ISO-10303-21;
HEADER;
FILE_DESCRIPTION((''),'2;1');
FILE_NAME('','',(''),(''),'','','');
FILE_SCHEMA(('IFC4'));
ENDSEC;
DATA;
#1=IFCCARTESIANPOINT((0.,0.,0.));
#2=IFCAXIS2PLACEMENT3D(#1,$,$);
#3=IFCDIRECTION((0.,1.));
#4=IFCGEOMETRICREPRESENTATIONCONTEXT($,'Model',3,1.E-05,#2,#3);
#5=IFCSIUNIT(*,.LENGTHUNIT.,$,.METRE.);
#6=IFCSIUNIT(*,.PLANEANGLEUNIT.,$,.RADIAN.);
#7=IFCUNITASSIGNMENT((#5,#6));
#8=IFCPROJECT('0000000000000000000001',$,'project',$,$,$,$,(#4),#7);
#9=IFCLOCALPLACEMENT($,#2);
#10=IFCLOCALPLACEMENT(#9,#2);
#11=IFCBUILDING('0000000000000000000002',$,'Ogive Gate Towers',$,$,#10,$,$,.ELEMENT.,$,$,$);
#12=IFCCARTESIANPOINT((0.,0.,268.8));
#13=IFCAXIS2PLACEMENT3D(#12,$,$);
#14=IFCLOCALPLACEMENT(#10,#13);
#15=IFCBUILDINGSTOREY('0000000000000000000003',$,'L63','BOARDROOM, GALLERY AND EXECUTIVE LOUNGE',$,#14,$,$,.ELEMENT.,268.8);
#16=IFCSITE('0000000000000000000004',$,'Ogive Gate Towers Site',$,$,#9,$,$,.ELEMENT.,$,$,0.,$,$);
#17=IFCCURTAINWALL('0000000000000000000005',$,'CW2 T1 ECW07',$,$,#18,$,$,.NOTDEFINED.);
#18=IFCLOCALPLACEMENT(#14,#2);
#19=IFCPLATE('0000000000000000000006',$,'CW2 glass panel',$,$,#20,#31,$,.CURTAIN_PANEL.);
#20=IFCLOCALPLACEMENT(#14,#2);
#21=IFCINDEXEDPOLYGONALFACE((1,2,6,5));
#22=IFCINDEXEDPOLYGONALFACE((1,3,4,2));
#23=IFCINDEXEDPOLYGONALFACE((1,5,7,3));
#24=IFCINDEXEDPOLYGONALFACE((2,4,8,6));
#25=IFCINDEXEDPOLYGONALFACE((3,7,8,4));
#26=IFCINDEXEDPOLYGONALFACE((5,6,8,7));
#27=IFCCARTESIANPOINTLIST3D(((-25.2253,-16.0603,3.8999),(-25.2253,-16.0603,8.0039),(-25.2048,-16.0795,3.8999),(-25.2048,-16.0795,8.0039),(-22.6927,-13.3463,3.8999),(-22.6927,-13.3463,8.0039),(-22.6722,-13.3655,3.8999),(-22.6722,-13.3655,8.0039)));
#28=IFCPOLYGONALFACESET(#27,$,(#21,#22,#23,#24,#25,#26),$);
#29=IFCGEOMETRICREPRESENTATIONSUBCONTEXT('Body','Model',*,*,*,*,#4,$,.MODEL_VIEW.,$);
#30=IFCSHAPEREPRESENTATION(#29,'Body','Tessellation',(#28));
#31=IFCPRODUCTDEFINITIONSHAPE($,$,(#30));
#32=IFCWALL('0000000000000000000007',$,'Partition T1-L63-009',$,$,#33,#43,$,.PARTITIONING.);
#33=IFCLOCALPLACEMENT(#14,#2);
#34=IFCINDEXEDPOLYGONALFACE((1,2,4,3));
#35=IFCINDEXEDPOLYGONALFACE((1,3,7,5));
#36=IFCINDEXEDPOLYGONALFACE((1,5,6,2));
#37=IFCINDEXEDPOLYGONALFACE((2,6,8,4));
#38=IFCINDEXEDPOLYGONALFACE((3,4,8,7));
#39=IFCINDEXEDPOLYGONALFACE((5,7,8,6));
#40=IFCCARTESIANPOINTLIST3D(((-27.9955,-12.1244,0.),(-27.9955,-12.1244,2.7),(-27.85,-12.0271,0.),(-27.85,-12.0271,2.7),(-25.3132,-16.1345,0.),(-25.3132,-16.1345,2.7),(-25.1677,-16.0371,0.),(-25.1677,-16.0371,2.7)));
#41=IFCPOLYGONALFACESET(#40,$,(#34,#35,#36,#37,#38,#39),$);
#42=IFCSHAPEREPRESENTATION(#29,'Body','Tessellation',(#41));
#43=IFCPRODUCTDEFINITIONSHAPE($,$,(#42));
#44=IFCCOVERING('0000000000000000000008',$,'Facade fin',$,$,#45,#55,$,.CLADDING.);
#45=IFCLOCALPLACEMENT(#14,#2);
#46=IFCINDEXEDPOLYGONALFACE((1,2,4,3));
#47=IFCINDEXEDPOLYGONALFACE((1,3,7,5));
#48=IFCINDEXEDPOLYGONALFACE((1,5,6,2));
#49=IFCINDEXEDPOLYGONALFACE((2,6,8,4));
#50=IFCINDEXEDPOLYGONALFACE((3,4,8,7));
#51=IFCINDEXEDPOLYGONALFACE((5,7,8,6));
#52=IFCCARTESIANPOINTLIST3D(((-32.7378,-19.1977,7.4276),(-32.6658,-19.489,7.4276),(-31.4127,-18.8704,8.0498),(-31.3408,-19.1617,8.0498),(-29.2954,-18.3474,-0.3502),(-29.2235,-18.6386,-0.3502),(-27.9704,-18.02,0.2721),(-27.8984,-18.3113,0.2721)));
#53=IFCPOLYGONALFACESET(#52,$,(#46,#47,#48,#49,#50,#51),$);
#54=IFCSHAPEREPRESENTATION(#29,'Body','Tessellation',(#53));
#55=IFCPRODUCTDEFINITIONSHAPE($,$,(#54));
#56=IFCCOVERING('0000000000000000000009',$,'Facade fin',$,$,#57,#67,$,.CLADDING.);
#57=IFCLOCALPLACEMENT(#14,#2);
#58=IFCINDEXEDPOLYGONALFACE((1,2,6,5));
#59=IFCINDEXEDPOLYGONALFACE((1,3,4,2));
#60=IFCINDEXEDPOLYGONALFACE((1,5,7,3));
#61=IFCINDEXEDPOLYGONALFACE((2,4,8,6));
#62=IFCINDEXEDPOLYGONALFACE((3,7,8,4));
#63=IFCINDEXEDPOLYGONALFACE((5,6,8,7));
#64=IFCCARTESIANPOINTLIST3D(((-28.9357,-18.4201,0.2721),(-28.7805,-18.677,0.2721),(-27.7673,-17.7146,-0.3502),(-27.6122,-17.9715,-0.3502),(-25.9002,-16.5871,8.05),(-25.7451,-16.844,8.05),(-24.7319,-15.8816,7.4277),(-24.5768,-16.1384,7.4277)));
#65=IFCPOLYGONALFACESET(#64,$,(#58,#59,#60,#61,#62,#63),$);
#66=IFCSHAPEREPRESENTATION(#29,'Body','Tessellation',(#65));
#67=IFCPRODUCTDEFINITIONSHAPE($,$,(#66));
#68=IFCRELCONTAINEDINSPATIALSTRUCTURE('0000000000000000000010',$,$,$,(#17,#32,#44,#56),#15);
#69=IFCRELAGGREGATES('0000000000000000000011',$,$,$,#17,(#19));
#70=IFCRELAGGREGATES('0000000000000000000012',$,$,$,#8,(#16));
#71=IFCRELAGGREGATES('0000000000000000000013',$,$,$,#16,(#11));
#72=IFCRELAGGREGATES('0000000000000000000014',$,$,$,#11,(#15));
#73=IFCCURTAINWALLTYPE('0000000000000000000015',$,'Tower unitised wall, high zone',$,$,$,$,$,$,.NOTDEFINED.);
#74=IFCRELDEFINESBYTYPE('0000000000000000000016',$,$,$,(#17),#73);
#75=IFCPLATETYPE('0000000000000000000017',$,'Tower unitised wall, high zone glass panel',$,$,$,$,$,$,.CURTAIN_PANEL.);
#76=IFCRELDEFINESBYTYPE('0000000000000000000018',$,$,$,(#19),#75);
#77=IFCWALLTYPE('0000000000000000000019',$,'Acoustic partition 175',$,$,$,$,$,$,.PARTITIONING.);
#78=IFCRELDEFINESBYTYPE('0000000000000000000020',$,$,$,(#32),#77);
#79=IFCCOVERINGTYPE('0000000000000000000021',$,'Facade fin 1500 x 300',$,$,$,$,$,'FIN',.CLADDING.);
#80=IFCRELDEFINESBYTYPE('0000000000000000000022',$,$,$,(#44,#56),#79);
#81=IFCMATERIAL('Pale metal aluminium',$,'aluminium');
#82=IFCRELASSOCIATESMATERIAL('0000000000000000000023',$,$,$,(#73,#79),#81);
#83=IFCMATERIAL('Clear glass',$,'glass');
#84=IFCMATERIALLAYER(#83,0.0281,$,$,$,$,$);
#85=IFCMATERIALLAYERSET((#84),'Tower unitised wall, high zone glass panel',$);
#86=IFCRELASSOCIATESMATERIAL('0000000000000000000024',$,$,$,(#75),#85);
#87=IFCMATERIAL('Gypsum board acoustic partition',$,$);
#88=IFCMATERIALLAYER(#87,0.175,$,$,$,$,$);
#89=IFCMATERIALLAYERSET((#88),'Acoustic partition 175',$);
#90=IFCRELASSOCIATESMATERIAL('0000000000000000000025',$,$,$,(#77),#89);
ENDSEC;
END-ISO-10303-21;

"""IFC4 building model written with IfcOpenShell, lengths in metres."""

from ifc_helpers import new_model, si_unit, direction, frame, frame_2d, origin, origin_2d, place, context, subcontext, project, spatial, rectangle, extrude, material, layer, layer_set, material_profile, profile_set, type_object, element, aggregate, save


model = new_model("IFC4")

# Units and contexts
model_context = context("Model", 3, precision=1e-05, world=origin(), true_north=direction((0.0, 1.0)))
body_context = subcontext(model_context, "Body", "Model", "MODEL_VIEW")
ifc_project = project(units=[si_unit("LENGTHUNIT", "METRE"), si_unit("PLANEANGLEUNIT", "RADIAN")], contexts=[model_context])

# Site, building, storey
site_placement = place(None, origin())
site = spatial("IfcSite", under=ifc_project, at=site_placement, Name="Ogive Gate Towers Site", CompositionType="ELEMENT", RefElevation=0.0)
building_placement = place(site_placement, origin())
building = spatial("IfcBuilding", under=site, at=building_placement, Name="Ogive Gate Towers", CompositionType="ELEMENT")
storey_placement = place(building_placement, frame((0.0, 0.0, 268.8)))
storey = spatial("IfcBuildingStorey", under=building, at=storey_placement, Name="L63", Description="BOARDROOM, GALLERY AND EXECUTIVE LOUNGE", CompositionType="ELEMENT", Elevation=268.8)

# Curtain wall, plate
ifc_material_1 = material(Name="Pale metal aluminium", Category="aluminium")
curtain_wall_type = type_object("IfcCurtainWallType", Name="Tower unitised wall, high zone", PredefinedType="NOTDEFINED", material=ifc_material_1)
curtain_wall_placement = place(storey_placement, origin())
curtain_wall = element("IfcCurtainWall", 1, at=curtain_wall_placement, inside=storey, type_object=curtain_wall_type, Name="CW2 T1 ECW07", PredefinedType="NOTDEFINED")
ifc_material_2 = material(Name="Clear glass", Category="glass")
ifc_layer_1 = layer(ifc_material_2, 0.0281)
ifc_layer_set_1 = layer_set([ifc_layer_1], Name="Tower unitised wall, high zone glass panel")
plate_type = type_object("IfcPlateType", Name="Tower unitised wall, high zone glass panel", PredefinedType="CURTAIN_PANEL", material=ifc_layer_set_1)
plate_1_placement = place(storey_placement, frame((-23.9487, -14.7129, 3.8999), z_axis=(0.0, 0.0, 1.0), x_axis=(0.682254, 0.731116, 0.0)))
plate_1 = element("IfcPlate", 2, at=plate_1_placement, type_object=plate_type, Name="CW2 glass panel", PredefinedType="CURTAIN_PANEL", context=body_context, shape_type="SweptSolid", body=[
    extrude(rectangle(XDim=3.7122, YDim=0.0281, at=origin_2d()), origin(), (0.0, 0.0, 1.0), 4.104),
])
aggregate(curtain_wall, [plate_1])

# Wall
ifc_material_3 = material(Name="Gypsum board acoustic partition")
ifc_layer_2 = layer(ifc_material_3, 0.175)
ifc_layer_set_2 = layer_set([ifc_layer_2], Name="Acoustic partition 175")
wall_type = type_object("IfcWallType", Name="Acoustic partition 175", PredefinedType="PARTITIONING", material=ifc_layer_set_2)
wall_placement = place(storey_placement, frame((-25.2405, -16.0857, 0.0), z_axis=(0.0, 0.0, 1.0), x_axis=(-0.555996, 0.831185, 0.0)))
element("IfcWall", 3, at=wall_placement, inside=storey, type_object=wall_type, Name="Partition T1-L63-009", PredefinedType="PARTITIONING", context=body_context, shape_type="SweptSolid", body=[
    extrude(rectangle(XDim=4.8245, YDim=0.175, at=frame_2d((2.4121, 0.0))), origin(), (0.0, 0.0, 1.0), 2.7),
])

# Coverings
ifc_material_profile_1 = material_profile(ifc_material_1, rectangle(XDim=0.3, YDim=1.5, at=origin_2d()), Name="1500 x 300 pale metal aluminium")
ifc_profile_set_1 = profile_set([ifc_material_profile_1], Name="Pale metal aluminium")
covering_type = type_object("IfcCoveringType", Name="Facade fin 1500 x 300", ElementType="FIN", PredefinedType="CLADDING", material=ifc_profile_set_1)
covering_1_placement = place(storey_placement, frame((-28.5969, -18.3293, -0.0391), z_axis=(-0.402714, -0.099479, 0.909904), x_axis=(0.239813, -0.970819, 0.0)))
element("IfcCovering", 4, at=covering_1_placement, inside=storey, type_object=covering_type, Name="Facade fin", PredefinedType="CLADDING", context=body_context, shape_type="SweptSolid", body=[
    extrude(rectangle(XDim=0.3, YDim=1.5, at=origin_2d()), origin(), (0.0, 0.0, 1.0), 8.5479),
])
covering_2_placement = place(storey_placement, frame((-28.2739, -18.1958, -0.0391), z_axis=(0.355101, 0.214437, 0.909901), x_axis=(-0.516934, 0.856025, 0.0)))
element("IfcCovering", 5, at=covering_2_placement, inside=storey, type_object=covering_type, Name="Facade fin", PredefinedType="CLADDING", context=body_context, shape_type="SweptSolid", body=[
    extrude(rectangle(XDim=0.3, YDim=1.5, at=origin_2d()), origin(), (0.0, 0.0, 1.0), 8.5481),
])

save(model, "model.ifc")
